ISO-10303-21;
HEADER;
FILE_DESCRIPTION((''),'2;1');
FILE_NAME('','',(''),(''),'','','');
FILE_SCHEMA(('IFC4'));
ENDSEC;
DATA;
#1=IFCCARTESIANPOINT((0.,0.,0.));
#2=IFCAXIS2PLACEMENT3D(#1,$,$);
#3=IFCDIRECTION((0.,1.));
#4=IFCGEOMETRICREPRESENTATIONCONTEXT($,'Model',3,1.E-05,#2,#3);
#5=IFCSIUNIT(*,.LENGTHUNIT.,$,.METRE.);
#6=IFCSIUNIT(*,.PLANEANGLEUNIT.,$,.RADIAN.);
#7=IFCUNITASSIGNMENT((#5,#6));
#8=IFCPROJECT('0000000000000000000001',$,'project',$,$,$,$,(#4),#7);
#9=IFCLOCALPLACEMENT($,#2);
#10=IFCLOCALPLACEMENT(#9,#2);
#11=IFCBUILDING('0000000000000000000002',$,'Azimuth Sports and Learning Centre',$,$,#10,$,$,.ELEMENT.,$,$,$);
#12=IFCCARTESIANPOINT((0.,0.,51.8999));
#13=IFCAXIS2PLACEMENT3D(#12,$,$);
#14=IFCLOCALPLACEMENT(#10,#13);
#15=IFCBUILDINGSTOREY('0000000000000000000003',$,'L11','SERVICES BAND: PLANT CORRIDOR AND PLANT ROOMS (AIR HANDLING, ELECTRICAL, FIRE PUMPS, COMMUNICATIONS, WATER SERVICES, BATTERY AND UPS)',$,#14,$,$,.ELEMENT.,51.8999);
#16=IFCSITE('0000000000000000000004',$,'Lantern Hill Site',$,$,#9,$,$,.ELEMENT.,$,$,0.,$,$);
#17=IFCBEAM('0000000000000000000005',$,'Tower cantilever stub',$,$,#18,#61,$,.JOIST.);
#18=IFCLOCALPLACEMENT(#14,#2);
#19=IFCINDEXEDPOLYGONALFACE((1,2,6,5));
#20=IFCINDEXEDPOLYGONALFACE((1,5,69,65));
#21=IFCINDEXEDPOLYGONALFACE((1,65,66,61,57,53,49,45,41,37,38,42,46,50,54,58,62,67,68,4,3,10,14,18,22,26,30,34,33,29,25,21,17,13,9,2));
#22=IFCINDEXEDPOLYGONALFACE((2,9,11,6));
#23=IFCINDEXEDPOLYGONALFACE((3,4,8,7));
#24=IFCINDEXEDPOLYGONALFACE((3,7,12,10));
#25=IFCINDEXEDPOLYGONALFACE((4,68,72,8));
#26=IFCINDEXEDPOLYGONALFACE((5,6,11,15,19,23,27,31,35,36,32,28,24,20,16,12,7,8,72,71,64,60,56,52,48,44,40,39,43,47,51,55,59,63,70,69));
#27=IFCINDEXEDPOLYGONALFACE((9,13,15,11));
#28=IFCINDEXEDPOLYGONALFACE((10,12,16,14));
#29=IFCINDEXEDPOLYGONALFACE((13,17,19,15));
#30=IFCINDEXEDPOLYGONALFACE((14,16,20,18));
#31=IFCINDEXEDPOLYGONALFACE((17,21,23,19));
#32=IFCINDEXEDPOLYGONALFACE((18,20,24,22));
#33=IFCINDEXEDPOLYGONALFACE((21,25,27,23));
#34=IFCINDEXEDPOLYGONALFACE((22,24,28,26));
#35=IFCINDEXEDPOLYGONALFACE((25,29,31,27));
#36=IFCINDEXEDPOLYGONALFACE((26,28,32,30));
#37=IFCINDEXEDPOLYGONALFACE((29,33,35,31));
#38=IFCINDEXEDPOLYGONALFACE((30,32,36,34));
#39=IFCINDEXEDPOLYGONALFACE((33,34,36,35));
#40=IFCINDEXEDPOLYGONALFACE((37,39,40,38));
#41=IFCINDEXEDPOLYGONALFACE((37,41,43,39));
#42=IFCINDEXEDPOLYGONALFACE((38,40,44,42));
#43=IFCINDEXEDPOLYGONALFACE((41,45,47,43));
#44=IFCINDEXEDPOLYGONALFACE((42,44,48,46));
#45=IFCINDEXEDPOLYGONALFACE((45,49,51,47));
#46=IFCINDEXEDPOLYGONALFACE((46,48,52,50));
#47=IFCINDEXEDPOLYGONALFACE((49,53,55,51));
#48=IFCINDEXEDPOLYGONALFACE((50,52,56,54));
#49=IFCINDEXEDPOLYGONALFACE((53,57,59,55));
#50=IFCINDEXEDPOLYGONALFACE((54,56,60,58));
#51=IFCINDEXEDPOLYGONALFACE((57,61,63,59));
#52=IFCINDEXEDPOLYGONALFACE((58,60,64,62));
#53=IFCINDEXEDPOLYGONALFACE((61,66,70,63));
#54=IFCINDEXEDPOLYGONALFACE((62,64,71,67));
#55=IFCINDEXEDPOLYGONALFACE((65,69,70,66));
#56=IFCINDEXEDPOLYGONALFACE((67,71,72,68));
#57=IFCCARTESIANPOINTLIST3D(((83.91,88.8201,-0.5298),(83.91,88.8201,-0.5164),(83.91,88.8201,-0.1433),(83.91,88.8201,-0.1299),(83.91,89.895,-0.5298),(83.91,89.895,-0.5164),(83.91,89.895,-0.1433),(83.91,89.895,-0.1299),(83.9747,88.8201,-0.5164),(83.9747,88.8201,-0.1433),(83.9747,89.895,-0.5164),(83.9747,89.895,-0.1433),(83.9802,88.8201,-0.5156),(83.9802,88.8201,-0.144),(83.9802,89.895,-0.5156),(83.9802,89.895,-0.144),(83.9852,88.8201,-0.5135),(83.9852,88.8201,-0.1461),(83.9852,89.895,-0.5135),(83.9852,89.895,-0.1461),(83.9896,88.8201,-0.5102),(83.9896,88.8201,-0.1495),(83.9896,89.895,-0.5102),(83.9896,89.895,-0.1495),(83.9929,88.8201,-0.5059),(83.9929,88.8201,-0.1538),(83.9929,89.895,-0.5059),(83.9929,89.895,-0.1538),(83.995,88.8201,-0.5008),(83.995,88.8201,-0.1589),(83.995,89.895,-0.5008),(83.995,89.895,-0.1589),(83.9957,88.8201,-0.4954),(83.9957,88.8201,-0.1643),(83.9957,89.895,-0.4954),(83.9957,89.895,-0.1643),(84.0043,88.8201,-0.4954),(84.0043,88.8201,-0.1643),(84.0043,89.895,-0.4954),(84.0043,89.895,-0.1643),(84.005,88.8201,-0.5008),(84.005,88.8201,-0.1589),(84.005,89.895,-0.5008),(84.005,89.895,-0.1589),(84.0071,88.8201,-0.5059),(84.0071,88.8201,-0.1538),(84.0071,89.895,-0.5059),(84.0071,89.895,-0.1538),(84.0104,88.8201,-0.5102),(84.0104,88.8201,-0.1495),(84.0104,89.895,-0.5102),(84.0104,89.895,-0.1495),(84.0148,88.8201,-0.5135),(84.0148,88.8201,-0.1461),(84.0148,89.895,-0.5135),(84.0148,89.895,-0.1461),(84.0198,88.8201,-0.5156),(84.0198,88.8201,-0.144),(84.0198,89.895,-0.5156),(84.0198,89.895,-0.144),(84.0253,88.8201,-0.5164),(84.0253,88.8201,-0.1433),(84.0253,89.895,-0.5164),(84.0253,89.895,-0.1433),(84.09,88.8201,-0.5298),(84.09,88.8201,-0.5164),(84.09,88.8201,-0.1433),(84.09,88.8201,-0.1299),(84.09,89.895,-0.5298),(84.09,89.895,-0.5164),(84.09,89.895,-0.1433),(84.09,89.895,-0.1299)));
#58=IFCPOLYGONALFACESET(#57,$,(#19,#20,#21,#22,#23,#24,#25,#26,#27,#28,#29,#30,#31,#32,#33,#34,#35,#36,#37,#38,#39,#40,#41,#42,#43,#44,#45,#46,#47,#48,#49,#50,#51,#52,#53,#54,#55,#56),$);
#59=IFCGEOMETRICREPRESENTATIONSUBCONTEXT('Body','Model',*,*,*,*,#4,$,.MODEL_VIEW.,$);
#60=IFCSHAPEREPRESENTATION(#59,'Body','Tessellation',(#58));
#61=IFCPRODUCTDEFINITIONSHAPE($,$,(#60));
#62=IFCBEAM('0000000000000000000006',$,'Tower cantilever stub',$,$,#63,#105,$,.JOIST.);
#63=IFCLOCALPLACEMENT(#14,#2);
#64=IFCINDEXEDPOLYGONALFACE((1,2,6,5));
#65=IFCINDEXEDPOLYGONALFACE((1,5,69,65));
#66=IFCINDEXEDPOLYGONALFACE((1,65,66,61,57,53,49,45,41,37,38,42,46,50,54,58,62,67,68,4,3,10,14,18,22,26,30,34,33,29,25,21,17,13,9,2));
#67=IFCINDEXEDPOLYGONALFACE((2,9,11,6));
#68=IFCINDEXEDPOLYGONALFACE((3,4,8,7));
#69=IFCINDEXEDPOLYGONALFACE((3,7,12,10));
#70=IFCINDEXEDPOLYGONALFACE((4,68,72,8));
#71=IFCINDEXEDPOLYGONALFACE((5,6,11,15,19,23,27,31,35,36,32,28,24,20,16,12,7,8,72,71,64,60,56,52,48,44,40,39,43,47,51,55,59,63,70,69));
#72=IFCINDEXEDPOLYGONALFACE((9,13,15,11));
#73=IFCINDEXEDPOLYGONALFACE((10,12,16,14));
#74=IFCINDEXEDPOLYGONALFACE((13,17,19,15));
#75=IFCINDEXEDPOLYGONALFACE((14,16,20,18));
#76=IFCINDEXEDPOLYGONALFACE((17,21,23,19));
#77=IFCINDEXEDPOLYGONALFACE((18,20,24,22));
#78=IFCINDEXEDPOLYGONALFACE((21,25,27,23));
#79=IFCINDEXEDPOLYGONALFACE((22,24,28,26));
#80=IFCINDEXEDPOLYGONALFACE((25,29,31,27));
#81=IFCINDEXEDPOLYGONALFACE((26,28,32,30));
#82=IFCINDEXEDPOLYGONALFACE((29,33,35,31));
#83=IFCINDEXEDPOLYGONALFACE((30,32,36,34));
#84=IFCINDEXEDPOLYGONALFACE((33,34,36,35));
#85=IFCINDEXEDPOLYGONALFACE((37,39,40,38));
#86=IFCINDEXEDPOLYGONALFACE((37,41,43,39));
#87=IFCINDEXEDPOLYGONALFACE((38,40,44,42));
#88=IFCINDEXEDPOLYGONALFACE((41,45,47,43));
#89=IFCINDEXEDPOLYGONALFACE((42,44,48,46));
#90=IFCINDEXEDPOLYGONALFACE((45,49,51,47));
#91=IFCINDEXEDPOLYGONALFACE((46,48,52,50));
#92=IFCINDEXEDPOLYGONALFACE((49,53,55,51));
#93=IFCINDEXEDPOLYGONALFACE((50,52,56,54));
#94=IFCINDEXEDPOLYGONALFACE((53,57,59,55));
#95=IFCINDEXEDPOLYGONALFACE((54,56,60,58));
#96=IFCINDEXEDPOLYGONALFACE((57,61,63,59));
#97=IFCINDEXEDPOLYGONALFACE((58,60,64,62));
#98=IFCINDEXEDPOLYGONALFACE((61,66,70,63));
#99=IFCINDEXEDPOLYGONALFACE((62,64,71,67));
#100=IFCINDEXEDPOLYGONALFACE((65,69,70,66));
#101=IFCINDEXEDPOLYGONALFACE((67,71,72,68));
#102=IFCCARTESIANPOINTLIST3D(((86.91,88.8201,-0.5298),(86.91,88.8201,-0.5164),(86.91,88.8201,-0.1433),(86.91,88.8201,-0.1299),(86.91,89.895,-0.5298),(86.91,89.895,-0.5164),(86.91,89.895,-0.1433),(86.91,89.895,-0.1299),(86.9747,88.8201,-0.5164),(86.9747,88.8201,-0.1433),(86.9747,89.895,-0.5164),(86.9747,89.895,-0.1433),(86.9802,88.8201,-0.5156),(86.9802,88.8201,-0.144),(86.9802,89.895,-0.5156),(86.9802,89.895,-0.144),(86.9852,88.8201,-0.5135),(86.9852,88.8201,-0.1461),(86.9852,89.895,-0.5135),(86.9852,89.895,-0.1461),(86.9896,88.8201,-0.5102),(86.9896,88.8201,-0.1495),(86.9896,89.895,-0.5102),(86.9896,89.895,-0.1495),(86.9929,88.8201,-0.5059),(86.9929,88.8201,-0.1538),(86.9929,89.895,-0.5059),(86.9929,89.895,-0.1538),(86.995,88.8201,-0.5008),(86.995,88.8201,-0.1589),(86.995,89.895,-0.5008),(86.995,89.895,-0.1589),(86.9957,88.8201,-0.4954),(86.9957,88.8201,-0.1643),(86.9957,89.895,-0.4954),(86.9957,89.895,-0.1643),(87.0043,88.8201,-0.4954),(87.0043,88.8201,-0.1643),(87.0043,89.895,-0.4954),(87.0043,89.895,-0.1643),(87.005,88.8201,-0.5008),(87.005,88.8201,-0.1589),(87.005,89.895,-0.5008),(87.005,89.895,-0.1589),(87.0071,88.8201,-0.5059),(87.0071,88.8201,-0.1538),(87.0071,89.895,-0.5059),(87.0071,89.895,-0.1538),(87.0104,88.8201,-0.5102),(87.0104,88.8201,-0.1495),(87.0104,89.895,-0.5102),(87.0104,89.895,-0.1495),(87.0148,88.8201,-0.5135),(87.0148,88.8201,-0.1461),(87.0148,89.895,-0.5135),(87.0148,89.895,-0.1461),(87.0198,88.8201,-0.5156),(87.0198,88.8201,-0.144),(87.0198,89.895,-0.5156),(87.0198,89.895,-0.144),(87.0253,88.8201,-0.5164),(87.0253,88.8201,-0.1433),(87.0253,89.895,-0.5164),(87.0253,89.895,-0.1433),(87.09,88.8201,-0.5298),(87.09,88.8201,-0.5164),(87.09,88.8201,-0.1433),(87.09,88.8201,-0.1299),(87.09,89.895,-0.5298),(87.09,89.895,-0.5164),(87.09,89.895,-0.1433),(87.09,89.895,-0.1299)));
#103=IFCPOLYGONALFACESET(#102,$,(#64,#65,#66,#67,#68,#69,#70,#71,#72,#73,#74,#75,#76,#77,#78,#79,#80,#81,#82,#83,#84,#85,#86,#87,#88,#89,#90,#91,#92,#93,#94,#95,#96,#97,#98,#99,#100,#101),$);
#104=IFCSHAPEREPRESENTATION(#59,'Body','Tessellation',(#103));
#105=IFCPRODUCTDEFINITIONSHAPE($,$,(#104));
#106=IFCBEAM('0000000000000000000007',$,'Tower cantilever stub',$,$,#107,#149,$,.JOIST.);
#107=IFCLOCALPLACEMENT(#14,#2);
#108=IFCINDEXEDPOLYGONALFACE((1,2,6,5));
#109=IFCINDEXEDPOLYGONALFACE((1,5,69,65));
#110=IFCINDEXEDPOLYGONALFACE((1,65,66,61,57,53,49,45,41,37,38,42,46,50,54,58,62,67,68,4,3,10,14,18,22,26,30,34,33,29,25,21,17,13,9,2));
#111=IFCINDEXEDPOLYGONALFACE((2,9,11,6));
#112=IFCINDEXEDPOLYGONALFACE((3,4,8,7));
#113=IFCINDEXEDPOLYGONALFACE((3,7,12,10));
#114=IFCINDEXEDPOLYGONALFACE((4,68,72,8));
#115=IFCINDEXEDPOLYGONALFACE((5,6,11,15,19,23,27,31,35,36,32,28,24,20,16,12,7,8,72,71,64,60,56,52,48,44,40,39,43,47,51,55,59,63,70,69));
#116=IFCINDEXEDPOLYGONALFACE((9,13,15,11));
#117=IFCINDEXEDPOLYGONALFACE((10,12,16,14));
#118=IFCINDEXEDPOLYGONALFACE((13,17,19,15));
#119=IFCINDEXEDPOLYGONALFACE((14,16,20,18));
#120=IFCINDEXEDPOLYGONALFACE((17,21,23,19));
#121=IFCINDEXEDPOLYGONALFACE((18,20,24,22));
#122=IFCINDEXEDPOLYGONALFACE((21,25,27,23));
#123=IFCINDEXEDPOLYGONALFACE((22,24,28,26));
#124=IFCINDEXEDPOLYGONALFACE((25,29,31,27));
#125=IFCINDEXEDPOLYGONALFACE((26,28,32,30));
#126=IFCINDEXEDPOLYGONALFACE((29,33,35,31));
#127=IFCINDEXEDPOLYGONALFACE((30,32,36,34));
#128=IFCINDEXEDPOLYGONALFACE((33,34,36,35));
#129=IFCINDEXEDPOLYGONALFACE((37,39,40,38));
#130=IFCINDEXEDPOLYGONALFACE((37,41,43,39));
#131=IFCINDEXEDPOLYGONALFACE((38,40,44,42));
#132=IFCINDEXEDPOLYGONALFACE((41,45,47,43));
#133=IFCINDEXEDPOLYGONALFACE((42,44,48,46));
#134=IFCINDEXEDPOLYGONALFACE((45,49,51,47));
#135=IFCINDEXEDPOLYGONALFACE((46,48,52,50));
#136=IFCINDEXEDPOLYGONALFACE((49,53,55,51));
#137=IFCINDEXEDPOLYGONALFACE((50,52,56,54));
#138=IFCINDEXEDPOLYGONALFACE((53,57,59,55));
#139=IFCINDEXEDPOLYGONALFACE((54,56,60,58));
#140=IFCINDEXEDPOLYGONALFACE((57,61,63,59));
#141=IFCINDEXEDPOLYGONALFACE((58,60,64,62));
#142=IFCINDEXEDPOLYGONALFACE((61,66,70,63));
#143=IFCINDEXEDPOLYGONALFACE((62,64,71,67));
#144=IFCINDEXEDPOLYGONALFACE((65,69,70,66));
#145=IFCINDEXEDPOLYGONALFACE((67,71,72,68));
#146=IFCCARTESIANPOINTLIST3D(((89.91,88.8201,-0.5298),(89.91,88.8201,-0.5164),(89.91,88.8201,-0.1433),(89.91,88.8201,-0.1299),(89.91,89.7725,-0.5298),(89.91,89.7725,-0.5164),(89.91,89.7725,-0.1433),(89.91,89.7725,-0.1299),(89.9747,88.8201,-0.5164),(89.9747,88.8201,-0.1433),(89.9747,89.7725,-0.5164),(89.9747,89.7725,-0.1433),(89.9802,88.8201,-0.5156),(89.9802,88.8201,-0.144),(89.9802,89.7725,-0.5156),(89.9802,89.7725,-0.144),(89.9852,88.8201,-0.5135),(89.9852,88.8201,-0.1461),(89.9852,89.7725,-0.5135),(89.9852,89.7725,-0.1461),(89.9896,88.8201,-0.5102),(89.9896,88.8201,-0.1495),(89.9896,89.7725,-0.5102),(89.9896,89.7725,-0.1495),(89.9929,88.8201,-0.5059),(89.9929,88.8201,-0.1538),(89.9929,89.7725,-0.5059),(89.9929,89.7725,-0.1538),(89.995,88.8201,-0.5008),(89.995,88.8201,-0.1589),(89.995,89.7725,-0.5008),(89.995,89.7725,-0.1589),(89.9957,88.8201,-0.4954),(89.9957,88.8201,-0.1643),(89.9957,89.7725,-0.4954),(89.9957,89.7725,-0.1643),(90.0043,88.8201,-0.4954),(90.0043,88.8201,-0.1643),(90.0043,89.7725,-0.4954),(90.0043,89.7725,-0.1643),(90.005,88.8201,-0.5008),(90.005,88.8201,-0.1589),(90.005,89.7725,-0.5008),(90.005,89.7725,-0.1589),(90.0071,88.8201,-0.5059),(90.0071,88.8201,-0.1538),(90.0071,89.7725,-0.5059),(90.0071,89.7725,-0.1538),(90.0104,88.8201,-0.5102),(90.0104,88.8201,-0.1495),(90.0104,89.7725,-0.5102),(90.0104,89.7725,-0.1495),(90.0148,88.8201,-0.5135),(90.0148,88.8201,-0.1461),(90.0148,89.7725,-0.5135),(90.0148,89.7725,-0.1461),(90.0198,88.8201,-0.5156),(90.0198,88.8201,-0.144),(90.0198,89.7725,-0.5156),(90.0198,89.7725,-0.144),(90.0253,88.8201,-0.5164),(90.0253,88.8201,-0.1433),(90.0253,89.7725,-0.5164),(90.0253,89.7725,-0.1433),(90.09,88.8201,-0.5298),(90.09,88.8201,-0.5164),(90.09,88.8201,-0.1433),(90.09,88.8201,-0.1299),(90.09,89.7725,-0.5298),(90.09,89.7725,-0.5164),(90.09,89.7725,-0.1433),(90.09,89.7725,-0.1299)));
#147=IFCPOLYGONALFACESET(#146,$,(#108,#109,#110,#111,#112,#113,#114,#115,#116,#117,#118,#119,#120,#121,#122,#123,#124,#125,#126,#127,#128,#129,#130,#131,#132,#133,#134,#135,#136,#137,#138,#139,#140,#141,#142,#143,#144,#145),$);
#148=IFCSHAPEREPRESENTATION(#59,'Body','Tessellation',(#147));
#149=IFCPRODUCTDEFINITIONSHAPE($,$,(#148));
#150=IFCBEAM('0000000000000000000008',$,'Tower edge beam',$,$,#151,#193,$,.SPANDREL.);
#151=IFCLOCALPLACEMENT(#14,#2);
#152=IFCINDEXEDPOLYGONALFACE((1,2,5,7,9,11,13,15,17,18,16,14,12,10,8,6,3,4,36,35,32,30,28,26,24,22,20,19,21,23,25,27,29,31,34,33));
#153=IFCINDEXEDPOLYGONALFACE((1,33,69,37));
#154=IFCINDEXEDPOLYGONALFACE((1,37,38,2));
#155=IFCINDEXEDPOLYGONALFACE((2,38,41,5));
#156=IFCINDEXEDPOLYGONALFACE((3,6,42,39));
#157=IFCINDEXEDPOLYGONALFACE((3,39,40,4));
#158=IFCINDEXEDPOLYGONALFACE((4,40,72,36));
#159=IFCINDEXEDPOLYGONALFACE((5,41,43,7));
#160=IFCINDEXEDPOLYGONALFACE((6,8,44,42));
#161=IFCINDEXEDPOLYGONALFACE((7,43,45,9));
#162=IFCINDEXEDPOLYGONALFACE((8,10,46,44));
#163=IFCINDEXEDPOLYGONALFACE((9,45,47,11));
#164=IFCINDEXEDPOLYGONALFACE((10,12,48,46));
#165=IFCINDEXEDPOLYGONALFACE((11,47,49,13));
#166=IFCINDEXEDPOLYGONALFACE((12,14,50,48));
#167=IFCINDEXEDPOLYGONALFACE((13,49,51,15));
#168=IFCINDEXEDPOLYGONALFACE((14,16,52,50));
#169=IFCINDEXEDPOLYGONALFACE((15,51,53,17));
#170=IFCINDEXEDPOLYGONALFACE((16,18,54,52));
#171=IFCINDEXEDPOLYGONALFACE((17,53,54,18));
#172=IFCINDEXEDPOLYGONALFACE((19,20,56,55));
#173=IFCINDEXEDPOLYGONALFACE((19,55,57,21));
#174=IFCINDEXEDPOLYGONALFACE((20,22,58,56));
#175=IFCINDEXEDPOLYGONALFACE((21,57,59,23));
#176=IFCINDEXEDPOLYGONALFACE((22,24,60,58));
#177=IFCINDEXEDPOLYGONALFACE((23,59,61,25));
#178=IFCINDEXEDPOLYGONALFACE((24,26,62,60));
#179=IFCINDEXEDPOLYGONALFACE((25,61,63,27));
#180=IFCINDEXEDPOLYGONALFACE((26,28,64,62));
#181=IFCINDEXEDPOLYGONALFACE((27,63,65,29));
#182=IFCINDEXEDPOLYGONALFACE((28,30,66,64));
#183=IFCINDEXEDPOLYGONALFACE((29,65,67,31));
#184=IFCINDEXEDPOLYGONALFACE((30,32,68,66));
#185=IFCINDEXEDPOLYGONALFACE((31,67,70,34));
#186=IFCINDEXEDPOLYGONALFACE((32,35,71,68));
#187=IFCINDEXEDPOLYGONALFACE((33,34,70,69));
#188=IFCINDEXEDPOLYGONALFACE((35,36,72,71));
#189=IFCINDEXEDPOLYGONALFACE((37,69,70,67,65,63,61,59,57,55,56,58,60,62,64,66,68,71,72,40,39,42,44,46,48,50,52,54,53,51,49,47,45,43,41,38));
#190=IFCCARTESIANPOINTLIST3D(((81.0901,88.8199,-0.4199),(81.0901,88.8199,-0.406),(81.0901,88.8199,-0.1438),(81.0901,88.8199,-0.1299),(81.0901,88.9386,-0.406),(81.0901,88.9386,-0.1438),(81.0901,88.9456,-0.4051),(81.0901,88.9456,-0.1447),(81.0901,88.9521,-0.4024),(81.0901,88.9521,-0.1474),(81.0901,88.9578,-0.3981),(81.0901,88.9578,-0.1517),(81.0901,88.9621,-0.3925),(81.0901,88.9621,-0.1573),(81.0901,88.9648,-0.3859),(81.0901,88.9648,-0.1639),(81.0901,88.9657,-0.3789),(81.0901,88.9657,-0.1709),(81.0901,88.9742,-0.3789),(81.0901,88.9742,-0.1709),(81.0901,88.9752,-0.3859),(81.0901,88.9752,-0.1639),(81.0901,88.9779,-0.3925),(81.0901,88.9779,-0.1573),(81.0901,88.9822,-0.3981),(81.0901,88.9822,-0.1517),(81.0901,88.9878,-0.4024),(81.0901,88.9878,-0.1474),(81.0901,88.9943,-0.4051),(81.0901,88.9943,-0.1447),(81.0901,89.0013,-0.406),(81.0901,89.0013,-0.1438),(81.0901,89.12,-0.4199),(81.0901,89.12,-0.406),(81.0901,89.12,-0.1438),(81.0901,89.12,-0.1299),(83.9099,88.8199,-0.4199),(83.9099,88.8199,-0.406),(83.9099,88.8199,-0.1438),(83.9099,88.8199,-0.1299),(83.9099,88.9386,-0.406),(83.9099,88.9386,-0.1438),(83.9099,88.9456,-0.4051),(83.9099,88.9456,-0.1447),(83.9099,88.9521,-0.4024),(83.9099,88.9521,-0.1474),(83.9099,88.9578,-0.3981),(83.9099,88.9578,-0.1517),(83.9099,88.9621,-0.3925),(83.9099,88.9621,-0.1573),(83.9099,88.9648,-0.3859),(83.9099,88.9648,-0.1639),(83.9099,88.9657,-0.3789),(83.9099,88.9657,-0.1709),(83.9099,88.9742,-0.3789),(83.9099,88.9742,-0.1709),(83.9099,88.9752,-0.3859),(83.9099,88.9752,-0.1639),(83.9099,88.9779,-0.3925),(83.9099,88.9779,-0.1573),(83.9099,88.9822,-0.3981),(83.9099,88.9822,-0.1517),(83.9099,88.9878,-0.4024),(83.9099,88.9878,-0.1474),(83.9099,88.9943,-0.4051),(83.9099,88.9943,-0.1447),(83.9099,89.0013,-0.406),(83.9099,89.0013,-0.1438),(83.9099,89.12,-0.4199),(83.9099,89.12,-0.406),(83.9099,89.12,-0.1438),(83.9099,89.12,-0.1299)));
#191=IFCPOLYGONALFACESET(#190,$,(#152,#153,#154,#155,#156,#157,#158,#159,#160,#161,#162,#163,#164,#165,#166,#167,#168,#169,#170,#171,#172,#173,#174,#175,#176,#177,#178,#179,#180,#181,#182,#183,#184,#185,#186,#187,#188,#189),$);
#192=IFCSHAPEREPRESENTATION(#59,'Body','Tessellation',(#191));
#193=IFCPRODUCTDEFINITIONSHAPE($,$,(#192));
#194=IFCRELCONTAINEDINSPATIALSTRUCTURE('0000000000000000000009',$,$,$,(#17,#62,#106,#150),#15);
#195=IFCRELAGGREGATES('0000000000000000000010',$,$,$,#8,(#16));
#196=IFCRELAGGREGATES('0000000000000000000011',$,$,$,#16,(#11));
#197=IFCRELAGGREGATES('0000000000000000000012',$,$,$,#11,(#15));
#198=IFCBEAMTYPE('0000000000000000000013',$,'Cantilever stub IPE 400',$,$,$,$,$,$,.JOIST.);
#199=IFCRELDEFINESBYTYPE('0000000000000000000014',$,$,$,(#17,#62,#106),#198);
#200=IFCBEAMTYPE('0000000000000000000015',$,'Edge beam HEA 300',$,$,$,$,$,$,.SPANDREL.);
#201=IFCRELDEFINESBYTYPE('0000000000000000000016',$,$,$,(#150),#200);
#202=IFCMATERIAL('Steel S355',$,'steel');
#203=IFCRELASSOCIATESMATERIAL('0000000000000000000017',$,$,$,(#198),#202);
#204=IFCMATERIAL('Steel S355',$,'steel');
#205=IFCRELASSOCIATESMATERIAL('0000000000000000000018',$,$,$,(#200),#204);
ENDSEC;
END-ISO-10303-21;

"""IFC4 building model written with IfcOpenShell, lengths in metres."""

from ifc_helpers import new_model, si_unit, direction, frame, origin, origin_2d, place, context, subcontext, project, spatial, i_section, extrude, material, material_profile, profile_set, type_object, element, save


model = new_model("IFC4")

# Units and contexts
model_context = context("Model", 3, precision=1e-05, world=origin(), true_north=direction((0.0, 1.0)))
body_context = subcontext(model_context, "Body", "Model", "MODEL_VIEW")
ifc_project = project(units=[si_unit("LENGTHUNIT", "METRE"), si_unit("PLANEANGLEUNIT", "RADIAN")], contexts=[model_context])

# Site, building, storey
site_placement = place(None, origin())
site = spatial("IfcSite", under=ifc_project, at=site_placement, Name="Lantern Hill Site", CompositionType="ELEMENT", RefElevation=0.0)
building_placement = place(site_placement, origin())
building = spatial("IfcBuilding", under=site, at=building_placement, Name="Azimuth Sports and Learning Centre", CompositionType="ELEMENT")
storey_placement = place(building_placement, frame((0.0, 0.0, 51.8999)))
storey = spatial("IfcBuildingStorey", under=building, at=storey_placement, Name="L11", Description="SERVICES BAND: PLANT CORRIDOR AND PLANT ROOMS (AIR HANDLING, ELECTRICAL, FIRE PUMPS, COMMUNICATIONS, WATER SERVICES, BATTERY AND UPS)", CompositionType="ELEMENT", Elevation=51.8999)

# Beams
ifc_material_1 = material(Name="Steel S355", Category="steel")
ifc_material_profile_1 = material_profile(ifc_material_1, i_section(OverallWidth=0.1799, OverallDepth=0.3999, WebThickness=0.0085, FlangeThickness=0.0134, FilletRadius=0.021, at=origin_2d()), Name="IPE 400")
ifc_profile_set_1 = profile_set([ifc_material_profile_1], Name="Steel S355")
beam_type_1 = type_object("IfcBeamType", Name="Cantilever stub IPE 400", PredefinedType="JOIST", material=ifc_profile_set_1)
for number, where, z_axis, x_axis, name in (
    (1, (84.0, 89.895, -0.3298), (0.0, -1.0, 0.0), (1.0, 0.0, 0.0), "Tower cantilever stub"),
    (2, (87.0, 89.895, -0.3298), (0.0, -1.0, 0.0), (1.0, 0.0, 0.0), "Tower cantilever stub"),
):
    element("IfcBeam", number, at=place(storey_placement, frame(where, z_axis=z_axis, x_axis=x_axis)), inside=storey, type_object=beam_type_1, Name=name, PredefinedType="JOIST", context=body_context, shape_type="SweptSolid", body=[
        extrude(i_section(OverallWidth=0.1799, OverallDepth=0.3999, WebThickness=0.0085, FlangeThickness=0.0134, FilletRadius=0.021, at=origin_2d()), origin(), (0.0, 0.0, 1.0), 1.075),
    ])
beam_1_placement = place(storey_placement, frame((90.0, 89.7725, -0.3298), z_axis=(0.0, -1.0, 0.0), x_axis=(1.0, 0.0, 0.0)))
element("IfcBeam", 3, at=beam_1_placement, inside=storey, type_object=beam_type_1, Name="Tower cantilever stub", PredefinedType="JOIST", context=body_context, shape_type="SweptSolid", body=[
    extrude(i_section(OverallWidth=0.1799, OverallDepth=0.3999, WebThickness=0.0085, FlangeThickness=0.0134, FilletRadius=0.021, at=origin_2d()), origin(), (0.0, 0.0, 1.0), 0.9524),
])
ifc_material_2 = material(Name="Steel S355", Category="steel")
ifc_material_profile_2 = material_profile(ifc_material_2, i_section(OverallWidth=0.3, OverallDepth=0.29, WebThickness=0.0085, FlangeThickness=0.0139, FilletRadius=0.0271, at=origin_2d()), Name="HEA 300")
ifc_profile_set_2 = profile_set([ifc_material_profile_2], Name="Steel S355")
beam_type_2 = type_object("IfcBeamType", Name="Edge beam HEA 300", PredefinedType="SPANDREL", material=ifc_profile_set_2)
for number, where, z_axis, x_axis, name in (
    (4, (81.0901, 88.97, -0.2749), (1.0, 0.0, 0.0), (0.0, 1.0, 0.0), "Tower edge beam"),
):
    element("IfcBeam", number, at=place(storey_placement, frame(where, z_axis=z_axis, x_axis=x_axis)), inside=storey, type_object=beam_type_2, Name=name, PredefinedType="SPANDREL", context=body_context, shape_type="SweptSolid", body=[
        extrude(i_section(OverallWidth=0.3, OverallDepth=0.29, WebThickness=0.0085, FlangeThickness=0.0139, FilletRadius=0.0271, at=origin_2d()), origin(), (0.0, 0.0, 1.0), 2.8198),
    ])

save(model, "model.ifc")
